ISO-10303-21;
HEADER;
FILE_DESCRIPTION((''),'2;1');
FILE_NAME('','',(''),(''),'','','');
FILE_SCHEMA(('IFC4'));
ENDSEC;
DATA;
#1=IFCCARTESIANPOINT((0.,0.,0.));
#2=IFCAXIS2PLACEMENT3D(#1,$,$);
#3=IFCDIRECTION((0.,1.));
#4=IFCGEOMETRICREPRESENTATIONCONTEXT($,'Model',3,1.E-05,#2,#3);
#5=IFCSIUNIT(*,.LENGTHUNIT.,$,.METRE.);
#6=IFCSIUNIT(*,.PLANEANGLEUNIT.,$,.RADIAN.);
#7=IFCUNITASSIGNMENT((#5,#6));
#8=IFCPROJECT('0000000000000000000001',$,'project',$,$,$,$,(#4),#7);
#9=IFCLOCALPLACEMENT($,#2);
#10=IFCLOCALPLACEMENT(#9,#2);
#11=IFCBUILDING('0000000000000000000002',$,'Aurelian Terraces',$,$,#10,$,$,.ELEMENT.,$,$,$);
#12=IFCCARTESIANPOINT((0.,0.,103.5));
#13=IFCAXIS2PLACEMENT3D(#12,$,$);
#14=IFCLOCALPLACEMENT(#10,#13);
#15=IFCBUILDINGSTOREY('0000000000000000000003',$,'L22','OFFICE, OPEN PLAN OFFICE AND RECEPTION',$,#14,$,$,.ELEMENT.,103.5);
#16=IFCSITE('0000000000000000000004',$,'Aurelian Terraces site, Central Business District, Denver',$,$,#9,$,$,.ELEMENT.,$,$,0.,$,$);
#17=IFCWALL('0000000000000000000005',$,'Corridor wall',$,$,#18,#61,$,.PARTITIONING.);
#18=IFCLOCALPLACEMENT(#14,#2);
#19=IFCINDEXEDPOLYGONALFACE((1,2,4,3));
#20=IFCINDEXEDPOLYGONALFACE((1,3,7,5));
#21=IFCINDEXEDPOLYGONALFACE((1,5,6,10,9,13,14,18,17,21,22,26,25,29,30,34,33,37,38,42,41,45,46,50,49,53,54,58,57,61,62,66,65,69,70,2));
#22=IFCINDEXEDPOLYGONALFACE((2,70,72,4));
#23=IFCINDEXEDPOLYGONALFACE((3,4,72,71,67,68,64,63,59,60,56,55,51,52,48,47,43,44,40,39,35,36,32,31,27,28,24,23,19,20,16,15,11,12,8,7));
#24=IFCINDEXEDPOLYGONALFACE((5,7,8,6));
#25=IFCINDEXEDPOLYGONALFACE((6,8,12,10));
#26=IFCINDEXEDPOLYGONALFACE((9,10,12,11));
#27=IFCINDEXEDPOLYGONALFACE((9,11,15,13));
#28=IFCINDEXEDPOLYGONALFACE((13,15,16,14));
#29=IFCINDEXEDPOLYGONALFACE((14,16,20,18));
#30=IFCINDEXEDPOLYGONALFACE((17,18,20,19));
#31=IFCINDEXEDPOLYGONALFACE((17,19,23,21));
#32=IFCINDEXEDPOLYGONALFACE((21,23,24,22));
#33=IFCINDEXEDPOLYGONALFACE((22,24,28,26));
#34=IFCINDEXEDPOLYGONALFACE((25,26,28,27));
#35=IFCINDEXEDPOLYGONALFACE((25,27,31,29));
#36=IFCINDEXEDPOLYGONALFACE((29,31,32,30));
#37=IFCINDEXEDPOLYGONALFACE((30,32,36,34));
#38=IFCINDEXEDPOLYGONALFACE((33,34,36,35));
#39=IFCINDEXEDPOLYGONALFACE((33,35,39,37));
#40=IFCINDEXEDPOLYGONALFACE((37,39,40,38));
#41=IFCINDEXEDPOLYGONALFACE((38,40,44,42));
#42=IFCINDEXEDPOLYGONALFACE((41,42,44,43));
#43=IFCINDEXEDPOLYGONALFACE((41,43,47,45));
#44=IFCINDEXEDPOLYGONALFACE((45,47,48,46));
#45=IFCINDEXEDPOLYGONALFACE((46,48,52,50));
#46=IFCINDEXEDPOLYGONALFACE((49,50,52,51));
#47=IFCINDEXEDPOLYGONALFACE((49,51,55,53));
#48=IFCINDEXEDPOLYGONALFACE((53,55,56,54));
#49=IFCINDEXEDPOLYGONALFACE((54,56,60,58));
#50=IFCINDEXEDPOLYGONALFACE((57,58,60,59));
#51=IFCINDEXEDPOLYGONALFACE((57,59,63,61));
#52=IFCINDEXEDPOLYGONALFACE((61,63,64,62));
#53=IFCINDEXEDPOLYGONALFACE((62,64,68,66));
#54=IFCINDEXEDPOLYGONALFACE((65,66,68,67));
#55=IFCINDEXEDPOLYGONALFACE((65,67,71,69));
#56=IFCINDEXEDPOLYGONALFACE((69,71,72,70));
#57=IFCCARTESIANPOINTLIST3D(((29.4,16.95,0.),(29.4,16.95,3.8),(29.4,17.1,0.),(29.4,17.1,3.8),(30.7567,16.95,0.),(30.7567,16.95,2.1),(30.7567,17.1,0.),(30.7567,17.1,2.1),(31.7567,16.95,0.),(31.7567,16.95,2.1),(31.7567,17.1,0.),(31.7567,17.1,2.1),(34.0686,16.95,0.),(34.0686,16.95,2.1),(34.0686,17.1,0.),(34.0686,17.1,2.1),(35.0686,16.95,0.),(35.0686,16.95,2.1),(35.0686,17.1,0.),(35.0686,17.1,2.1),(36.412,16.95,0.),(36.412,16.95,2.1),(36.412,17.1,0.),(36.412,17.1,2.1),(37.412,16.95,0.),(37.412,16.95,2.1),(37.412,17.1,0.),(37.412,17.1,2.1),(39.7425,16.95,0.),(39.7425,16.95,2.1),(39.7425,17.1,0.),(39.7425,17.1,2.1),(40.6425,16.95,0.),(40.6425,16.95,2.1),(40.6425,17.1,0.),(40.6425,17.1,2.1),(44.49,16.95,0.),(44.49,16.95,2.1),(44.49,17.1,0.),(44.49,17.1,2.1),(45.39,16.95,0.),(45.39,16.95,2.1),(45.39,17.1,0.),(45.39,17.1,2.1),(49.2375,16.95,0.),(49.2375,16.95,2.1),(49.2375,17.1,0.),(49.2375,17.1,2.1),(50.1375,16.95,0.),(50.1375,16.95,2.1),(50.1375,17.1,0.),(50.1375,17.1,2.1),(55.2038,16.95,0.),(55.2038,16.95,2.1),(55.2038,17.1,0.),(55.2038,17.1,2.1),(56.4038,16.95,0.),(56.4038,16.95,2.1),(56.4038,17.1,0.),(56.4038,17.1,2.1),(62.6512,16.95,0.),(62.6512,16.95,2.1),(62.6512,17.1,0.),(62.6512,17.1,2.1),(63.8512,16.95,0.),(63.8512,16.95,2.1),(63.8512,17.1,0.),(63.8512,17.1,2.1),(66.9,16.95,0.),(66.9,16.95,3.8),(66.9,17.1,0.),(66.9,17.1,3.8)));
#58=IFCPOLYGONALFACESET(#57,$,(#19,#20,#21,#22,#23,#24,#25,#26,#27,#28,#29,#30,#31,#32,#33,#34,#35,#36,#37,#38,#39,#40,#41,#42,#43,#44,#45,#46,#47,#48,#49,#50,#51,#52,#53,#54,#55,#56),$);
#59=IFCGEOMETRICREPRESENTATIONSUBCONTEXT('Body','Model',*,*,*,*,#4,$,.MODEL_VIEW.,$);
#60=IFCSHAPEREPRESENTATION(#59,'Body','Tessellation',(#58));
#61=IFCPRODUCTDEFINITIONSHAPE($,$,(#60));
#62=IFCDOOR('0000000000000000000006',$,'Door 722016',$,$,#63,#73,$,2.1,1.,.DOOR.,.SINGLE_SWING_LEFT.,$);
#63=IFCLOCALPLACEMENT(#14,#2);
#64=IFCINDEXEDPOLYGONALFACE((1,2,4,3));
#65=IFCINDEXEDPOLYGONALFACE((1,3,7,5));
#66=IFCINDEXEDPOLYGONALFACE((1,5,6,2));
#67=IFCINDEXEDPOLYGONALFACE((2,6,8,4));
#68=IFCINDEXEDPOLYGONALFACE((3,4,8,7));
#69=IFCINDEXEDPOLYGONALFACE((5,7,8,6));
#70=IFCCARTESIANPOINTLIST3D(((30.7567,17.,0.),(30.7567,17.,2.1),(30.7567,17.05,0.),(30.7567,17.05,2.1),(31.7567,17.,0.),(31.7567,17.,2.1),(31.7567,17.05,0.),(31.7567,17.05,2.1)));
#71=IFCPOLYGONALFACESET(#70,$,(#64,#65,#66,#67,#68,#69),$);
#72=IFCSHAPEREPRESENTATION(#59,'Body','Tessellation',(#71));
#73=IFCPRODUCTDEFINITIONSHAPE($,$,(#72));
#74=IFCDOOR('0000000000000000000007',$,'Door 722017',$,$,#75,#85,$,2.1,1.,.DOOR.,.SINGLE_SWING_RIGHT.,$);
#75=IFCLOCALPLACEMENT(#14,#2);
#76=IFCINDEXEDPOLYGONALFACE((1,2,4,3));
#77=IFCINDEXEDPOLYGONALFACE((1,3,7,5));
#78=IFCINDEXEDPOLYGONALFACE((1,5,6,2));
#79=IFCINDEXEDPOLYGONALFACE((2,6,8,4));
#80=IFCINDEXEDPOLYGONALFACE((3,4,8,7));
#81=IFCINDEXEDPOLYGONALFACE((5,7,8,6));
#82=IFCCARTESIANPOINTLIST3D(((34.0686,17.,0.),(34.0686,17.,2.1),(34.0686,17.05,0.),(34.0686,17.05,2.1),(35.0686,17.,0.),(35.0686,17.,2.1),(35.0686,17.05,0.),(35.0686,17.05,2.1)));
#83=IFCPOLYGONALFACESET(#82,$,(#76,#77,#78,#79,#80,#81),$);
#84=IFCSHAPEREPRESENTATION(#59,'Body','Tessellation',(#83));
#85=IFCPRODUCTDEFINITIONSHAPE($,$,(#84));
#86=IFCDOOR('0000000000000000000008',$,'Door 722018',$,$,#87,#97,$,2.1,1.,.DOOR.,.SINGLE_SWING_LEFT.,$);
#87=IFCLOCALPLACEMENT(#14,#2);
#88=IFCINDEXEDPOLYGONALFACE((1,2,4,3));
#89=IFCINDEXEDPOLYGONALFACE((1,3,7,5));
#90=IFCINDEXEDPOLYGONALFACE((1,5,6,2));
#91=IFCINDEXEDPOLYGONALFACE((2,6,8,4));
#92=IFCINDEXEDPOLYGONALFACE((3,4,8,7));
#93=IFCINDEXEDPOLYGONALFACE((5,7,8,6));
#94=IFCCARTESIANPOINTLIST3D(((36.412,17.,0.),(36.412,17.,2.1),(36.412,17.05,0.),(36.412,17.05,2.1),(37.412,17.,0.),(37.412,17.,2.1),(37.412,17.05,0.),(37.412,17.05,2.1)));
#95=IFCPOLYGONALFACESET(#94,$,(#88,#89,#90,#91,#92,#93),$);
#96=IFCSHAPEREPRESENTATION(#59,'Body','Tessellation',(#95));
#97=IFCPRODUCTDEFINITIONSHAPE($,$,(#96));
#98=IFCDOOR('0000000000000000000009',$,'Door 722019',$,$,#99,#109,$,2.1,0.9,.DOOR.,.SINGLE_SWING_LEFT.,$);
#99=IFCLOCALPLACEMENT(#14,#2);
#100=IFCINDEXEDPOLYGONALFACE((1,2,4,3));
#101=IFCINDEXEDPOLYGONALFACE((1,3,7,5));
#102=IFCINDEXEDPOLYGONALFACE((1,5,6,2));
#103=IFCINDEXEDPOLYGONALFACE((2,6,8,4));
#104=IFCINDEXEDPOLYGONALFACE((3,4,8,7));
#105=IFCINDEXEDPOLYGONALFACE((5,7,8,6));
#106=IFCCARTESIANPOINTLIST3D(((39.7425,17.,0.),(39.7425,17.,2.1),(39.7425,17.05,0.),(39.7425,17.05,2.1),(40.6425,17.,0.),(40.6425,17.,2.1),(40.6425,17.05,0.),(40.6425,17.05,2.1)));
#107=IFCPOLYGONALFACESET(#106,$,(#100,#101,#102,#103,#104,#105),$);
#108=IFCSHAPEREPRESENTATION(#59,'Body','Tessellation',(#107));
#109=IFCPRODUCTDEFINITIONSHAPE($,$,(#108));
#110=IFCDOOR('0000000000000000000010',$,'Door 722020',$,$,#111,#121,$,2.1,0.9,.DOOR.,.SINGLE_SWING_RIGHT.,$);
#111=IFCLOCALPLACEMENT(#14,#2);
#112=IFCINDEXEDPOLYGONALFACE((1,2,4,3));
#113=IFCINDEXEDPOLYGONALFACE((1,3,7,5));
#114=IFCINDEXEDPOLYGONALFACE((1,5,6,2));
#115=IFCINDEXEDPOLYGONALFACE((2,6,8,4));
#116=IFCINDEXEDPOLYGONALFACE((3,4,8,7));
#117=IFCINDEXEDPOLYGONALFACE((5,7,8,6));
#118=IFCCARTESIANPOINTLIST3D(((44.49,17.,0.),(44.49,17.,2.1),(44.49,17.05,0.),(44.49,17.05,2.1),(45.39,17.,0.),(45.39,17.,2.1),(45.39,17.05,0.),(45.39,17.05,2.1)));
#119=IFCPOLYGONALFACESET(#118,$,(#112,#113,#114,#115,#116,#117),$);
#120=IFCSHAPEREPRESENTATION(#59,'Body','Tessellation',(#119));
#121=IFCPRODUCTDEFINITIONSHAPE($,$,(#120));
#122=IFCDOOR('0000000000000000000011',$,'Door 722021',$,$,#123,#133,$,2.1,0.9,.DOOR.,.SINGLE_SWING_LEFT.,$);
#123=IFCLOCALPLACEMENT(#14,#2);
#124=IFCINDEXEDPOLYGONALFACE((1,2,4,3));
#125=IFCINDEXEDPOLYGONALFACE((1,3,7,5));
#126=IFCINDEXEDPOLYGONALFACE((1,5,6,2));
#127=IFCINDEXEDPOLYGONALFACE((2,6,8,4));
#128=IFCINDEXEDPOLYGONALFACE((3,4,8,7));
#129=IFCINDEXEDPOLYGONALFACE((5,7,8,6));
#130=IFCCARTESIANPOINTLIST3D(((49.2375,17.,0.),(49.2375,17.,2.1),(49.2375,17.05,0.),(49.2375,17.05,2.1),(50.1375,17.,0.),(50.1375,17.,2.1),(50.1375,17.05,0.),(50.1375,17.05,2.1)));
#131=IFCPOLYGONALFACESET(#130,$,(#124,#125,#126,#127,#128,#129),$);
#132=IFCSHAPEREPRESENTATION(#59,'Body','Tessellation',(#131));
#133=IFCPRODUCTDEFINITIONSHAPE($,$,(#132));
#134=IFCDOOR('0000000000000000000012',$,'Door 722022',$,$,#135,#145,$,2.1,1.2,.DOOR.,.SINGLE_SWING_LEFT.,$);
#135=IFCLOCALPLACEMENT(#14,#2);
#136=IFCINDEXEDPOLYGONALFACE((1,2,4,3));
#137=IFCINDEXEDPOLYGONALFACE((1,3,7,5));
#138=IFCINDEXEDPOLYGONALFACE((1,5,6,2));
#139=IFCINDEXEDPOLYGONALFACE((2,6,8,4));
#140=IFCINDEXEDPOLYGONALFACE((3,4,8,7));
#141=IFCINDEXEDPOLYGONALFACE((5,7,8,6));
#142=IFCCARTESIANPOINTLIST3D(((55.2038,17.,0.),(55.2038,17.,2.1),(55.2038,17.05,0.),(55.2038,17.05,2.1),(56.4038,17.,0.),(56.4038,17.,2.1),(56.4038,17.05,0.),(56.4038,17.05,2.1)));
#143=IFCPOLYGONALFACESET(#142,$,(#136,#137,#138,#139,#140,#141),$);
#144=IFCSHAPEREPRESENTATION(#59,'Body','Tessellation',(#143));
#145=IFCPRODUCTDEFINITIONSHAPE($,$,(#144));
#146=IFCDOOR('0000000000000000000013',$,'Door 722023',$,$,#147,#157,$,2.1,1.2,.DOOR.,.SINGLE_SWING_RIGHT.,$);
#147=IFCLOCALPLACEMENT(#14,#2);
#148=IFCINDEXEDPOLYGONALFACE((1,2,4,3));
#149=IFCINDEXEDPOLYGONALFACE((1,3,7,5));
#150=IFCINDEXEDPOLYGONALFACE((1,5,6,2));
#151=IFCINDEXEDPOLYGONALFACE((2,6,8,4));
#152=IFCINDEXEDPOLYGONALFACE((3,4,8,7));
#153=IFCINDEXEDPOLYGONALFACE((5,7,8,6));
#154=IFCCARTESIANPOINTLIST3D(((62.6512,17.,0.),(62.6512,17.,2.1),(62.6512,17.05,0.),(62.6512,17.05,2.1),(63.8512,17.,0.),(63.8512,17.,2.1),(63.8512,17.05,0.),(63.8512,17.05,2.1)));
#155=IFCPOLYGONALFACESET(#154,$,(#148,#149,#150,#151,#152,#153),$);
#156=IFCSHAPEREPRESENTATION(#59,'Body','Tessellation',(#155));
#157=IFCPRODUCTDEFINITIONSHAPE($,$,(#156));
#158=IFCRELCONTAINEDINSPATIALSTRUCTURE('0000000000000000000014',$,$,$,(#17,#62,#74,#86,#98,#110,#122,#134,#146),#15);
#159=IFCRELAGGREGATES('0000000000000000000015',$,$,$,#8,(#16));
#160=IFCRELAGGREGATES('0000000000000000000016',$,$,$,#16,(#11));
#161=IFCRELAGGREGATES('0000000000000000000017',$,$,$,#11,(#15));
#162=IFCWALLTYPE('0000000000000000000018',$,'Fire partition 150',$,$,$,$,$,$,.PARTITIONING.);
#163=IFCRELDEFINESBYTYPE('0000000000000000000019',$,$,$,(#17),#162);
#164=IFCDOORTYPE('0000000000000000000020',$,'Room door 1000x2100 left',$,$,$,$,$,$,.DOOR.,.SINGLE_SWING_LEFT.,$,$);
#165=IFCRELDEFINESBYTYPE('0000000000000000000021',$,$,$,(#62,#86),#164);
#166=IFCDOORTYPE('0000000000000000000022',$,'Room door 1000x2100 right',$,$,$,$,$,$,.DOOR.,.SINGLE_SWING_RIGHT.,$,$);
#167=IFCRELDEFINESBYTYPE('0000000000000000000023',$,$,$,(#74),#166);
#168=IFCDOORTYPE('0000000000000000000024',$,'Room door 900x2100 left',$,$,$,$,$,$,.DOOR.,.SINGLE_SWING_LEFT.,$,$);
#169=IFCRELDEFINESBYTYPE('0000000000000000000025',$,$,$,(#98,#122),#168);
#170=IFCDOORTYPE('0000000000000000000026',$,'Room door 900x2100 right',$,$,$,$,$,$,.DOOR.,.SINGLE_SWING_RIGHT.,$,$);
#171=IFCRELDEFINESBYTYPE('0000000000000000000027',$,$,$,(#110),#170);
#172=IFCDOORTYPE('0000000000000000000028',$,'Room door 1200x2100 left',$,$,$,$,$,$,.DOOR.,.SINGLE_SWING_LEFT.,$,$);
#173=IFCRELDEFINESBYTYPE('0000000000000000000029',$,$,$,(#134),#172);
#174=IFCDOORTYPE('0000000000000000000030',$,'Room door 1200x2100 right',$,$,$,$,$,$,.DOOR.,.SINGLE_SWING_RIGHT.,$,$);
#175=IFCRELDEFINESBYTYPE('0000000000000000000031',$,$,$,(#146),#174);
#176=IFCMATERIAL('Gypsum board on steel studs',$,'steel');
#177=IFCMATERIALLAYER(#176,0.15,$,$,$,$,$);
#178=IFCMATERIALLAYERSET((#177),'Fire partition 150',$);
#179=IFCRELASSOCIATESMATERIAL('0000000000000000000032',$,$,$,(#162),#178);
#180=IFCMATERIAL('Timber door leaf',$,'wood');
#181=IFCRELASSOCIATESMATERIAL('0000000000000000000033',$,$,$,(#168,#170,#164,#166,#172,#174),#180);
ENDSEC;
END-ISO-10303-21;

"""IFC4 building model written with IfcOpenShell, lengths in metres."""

from ifc_helpers import new_model, si_unit, direction, frame, frame_2d, origin, place, context, subcontext, project, spatial, rectangle, extrude, source, transform, mapped, material, layer, layer_set, type_object, element, fill, save


model = new_model("IFC4")

# Units and contexts
model_context = context("Model", 3, precision=1e-05, world=origin(), true_north=direction((0.0, 1.0)))
body_context = subcontext(model_context, "Body", "Model", "MODEL_VIEW")
ifc_project = project(units=[si_unit("LENGTHUNIT", "METRE"), si_unit("PLANEANGLEUNIT", "RADIAN")], contexts=[model_context])

# Site, building, storey
site_placement = place(None, origin())
site = spatial("IfcSite", under=ifc_project, at=site_placement, Name="Aurelian Terraces site, Central Business District, Denver", CompositionType="ELEMENT", RefElevation=0.0)
building_placement = place(site_placement, origin())
building = spatial("IfcBuilding", under=site, at=building_placement, Name="Aurelian Terraces", CompositionType="ELEMENT")
storey_placement = place(building_placement, frame((0.0, 0.0, 103.5)))
storey = spatial("IfcBuildingStorey", under=building, at=storey_placement, Name="L22", Description="OFFICE, OPEN PLAN OFFICE AND RECEPTION", CompositionType="ELEMENT", Elevation=103.5)

# Shared definitions
ifc_material_1 = material(Name="Gypsum board on steel studs", Category="steel")
ifc_layer_1 = layer(ifc_material_1, 0.15)
ifc_layer_set_1 = layer_set([ifc_layer_1], Name="Fire partition 150")
wall_type_1 = type_object("IfcWallType", Name="Fire partition 150", PredefinedType="PARTITIONING", material=ifc_layer_set_1)

# Shared definitions
shared_shape_1 = source(origin(), body_context, "Body", "SweptSolid", [
    extrude(rectangle(XDim=0.9, YDim=2.1, at=frame_2d((0.45, 1.05))), frame((0.0, 0.085, 0.0), z_axis=(0.0, -1.0, 0.0), x_axis=(1.0, 0.0, 0.0)), (0.0, 0.0, 1.0), 0.17),
])
ifc_material_2 = material(Name="Timber door leaf", Category="wood")
door_type_1 = type_object("IfcDoorType", Name="Room door 900x2100 left", OperationType="SINGLE_SWING_LEFT", PredefinedType="DOOR", material=ifc_material_2)
shared_shape_2 = source(origin(), body_context, "Body", "SweptSolid", [
    extrude(rectangle(XDim=0.9, YDim=2.1, at=frame_2d((0.45, 1.05))), frame((0.0, 0.025, 0.0), z_axis=(0.0, -1.0, 0.0), x_axis=(1.0, 0.0, 0.0)), (0.0, 0.0, 1.0), 0.05),
])
door_type_2 = type_object("IfcDoorType", Name="Room door 900x2100 right", OperationType="SINGLE_SWING_RIGHT", PredefinedType="DOOR", material=ifc_material_2)

# Wall, openings, doors
shared_shape_3 = source(origin(), body_context, "Body", "SweptSolid", [
    extrude(rectangle(XDim=37.5, YDim=0.15, at=frame_2d((18.75, 0.0))), origin(), (0.0, 0.0, 1.0), 3.8),
])
wall_1_placement = place(storey_placement, frame((29.4, 17.025, 0.0), z_axis=(0.0, 0.0, 1.0), x_axis=(1.0, 0.0, 0.0)))
wall_1 = element("IfcWall", 1, at=wall_1_placement, inside=storey, type_object=wall_type_1, Name="Corridor wall", PredefinedType="PARTITIONING", context=body_context, shape_type="MappedRepresentation", body=[
    mapped(shared_shape_3, transform((0.0, 0.0, 0.0), scale=1.0)),
])
shared_shape_4 = source(origin(), body_context, "Body", "SweptSolid", [
    extrude(rectangle(XDim=1.0, YDim=2.1, at=frame_2d((0.5, 1.05))), frame((0.0, 0.085, 0.0), z_axis=(0.0, -1.0, 0.0), x_axis=(1.0, 0.0, 0.0)), (0.0, 0.0, 1.0), 0.17),
])
opening_1_placement = place(wall_1_placement, frame((1.3567, 0.0, 0.0)))
opening_1 = element("IfcOpeningElement", 2, at=opening_1_placement, cuts=wall_1, PredefinedType="OPENING", context=body_context, shape_type="MappedRepresentation", body=[
    mapped(shared_shape_4, transform((0.0, 0.0, 0.0), scale=1.0)),
])
opening_2_placement = place(wall_1_placement, frame((4.6686, 0.0, 0.0)))
opening_2 = element("IfcOpeningElement", 3, at=opening_2_placement, cuts=wall_1, PredefinedType="OPENING", context=body_context, shape_type="MappedRepresentation", body=[
    mapped(shared_shape_4, transform((0.0, 0.0, 0.0), scale=1.0)),
])
opening_3_placement = place(wall_1_placement, frame((7.012, 0.0, 0.0)))
opening_3 = element("IfcOpeningElement", 4, at=opening_3_placement, cuts=wall_1, PredefinedType="OPENING", context=body_context, shape_type="MappedRepresentation", body=[
    mapped(shared_shape_4, transform((0.0, 0.0, 0.0), scale=1.0)),
])
opening_4_placement = place(wall_1_placement, frame((10.3425, 0.0, 0.0)))
opening_4 = element("IfcOpeningElement", 5, at=opening_4_placement, cuts=wall_1, PredefinedType="OPENING", context=body_context, shape_type="MappedRepresentation", body=[
    mapped(shared_shape_1, transform((0.0, 0.0, 0.0), scale=1.0)),
])
opening_5_placement = place(wall_1_placement, frame((15.09, 0.0, 0.0)))
opening_5 = element("IfcOpeningElement", 6, at=opening_5_placement, cuts=wall_1, PredefinedType="OPENING", context=body_context, shape_type="MappedRepresentation", body=[
    mapped(shared_shape_1, transform((0.0, 0.0, 0.0), scale=1.0)),
])
opening_6_placement = place(wall_1_placement, frame((19.8375, 0.0, 0.0)))
opening_6 = element("IfcOpeningElement", 7, at=opening_6_placement, cuts=wall_1, PredefinedType="OPENING", context=body_context, shape_type="MappedRepresentation", body=[
    mapped(shared_shape_1, transform((0.0, 0.0, 0.0), scale=1.0)),
])
shared_shape_5 = source(origin(), body_context, "Body", "SweptSolid", [
    extrude(rectangle(XDim=1.2, YDim=2.1, at=frame_2d((0.6, 1.05))), frame((0.0, 0.085, 0.0), z_axis=(0.0, -1.0, 0.0), x_axis=(1.0, 0.0, 0.0)), (0.0, 0.0, 1.0), 0.17),
])
opening_7_placement = place(wall_1_placement, frame((25.8038, 0.0, 0.0)))
opening_7 = element("IfcOpeningElement", 8, at=opening_7_placement, cuts=wall_1, PredefinedType="OPENING", context=body_context, shape_type="MappedRepresentation", body=[
    mapped(shared_shape_5, transform((0.0, 0.0, 0.0), scale=1.0)),
])
opening_8_placement = place(wall_1_placement, frame((33.2512, 0.0, 0.0)))
opening_8 = element("IfcOpeningElement", 9, at=opening_8_placement, cuts=wall_1, PredefinedType="OPENING", context=body_context, shape_type="MappedRepresentation", body=[
    mapped(shared_shape_5, transform((0.0, 0.0, 0.0), scale=1.0)),
])
door_type_3 = type_object("IfcDoorType", Name="Room door 1000x2100 left", OperationType="SINGLE_SWING_LEFT", PredefinedType="DOOR", material=ifc_material_2)
shared_shape_6 = source(origin(), body_context, "Body", "SweptSolid", [
    extrude(rectangle(XDim=1.0, YDim=2.1, at=frame_2d((0.5, 1.05))), frame((0.0, 0.025, 0.0), z_axis=(0.0, -1.0, 0.0), x_axis=(1.0, 0.0, 0.0)), (0.0, 0.0, 1.0), 0.05),
])
door_1_placement = place(opening_1_placement, origin())
door_1 = element("IfcDoor", 10, at=door_1_placement, inside=storey, type_object=door_type_3, Name="Door 722016", OperationType="SINGLE_SWING_LEFT", OverallHeight=2.1, OverallWidth=1.0, PredefinedType="DOOR", context=body_context, shape_type="MappedRepresentation", body=[
    mapped(shared_shape_6, transform((0.0, 0.0, 0.0), scale=1.0)),
])
fill(opening_1, door_1)
door_type_4 = type_object("IfcDoorType", Name="Room door 1000x2100 right", OperationType="SINGLE_SWING_RIGHT", PredefinedType="DOOR", material=ifc_material_2)
door_2_placement = place(opening_2_placement, origin())
door_2 = element("IfcDoor", 11, at=door_2_placement, inside=storey, type_object=door_type_4, Name="Door 722017", OperationType="SINGLE_SWING_RIGHT", OverallHeight=2.1, OverallWidth=1.0, PredefinedType="DOOR", context=body_context, shape_type="MappedRepresentation", body=[
    mapped(shared_shape_6, transform((0.0, 0.0, 0.0), scale=1.0)),
])
fill(opening_2, door_2)
door_3_placement = place(opening_3_placement, origin())
door_3 = element("IfcDoor", 12, at=door_3_placement, inside=storey, type_object=door_type_3, Name="Door 722018", OperationType="SINGLE_SWING_LEFT", OverallHeight=2.1, OverallWidth=1.0, PredefinedType="DOOR", context=body_context, shape_type="MappedRepresentation", body=[
    mapped(shared_shape_6, transform((0.0, 0.0, 0.0), scale=1.0)),
])
fill(opening_3, door_3)
door_4_placement = place(opening_4_placement, origin())
door_4 = element("IfcDoor", 13, at=door_4_placement, inside=storey, type_object=door_type_1, Name="Door 722019", OperationType="SINGLE_SWING_LEFT", OverallHeight=2.1, OverallWidth=0.9, PredefinedType="DOOR", context=body_context, shape_type="MappedRepresentation", body=[
    mapped(shared_shape_2, transform((0.0, 0.0, 0.0), scale=1.0)),
])
fill(opening_4, door_4)
door_5_placement = place(opening_5_placement, origin())
door_5 = element("IfcDoor", 14, at=door_5_placement, inside=storey, type_object=door_type_2, Name="Door 722020", OperationType="SINGLE_SWING_RIGHT", OverallHeight=2.1, OverallWidth=0.9, PredefinedType="DOOR", context=body_context, shape_type="MappedRepresentation", body=[
    mapped(shared_shape_2, transform((0.0, 0.0, 0.0), scale=1.0)),
])
fill(opening_5, door_5)
door_6_placement = place(opening_6_placement, origin())
door_6 = element("IfcDoor", 15, at=door_6_placement, inside=storey, type_object=door_type_1, Name="Door 722021", OperationType="SINGLE_SWING_LEFT", OverallHeight=2.1, OverallWidth=0.9, PredefinedType="DOOR", context=body_context, shape_type="MappedRepresentation", body=[
    mapped(shared_shape_2, transform((0.0, 0.0, 0.0), scale=1.0)),
])
fill(opening_6, door_6)
door_type_5 = type_object("IfcDoorType", Name="Room door 1200x2100 left", OperationType="SINGLE_SWING_LEFT", PredefinedType="DOOR", material=ifc_material_2)
shared_shape_7 = source(origin(), body_context, "Body", "SweptSolid", [
    extrude(rectangle(XDim=1.2, YDim=2.1, at=frame_2d((0.6, 1.05))), frame((0.0, 0.025, 0.0), z_axis=(0.0, -1.0, 0.0), x_axis=(1.0, 0.0, 0.0)), (0.0, 0.0, 1.0), 0.05),
])
door_7_placement = place(opening_7_placement, origin())
door_7 = element("IfcDoor", 16, at=door_7_placement, inside=storey, type_object=door_type_5, Name="Door 722022", OperationType="SINGLE_SWING_LEFT", OverallHeight=2.1, OverallWidth=1.2, PredefinedType="DOOR", context=body_context, shape_type="MappedRepresentation", body=[
    mapped(shared_shape_7, transform((0.0, 0.0, 0.0), scale=1.0)),
])
fill(opening_7, door_7)
door_type_6 = type_object("IfcDoorType", Name="Room door 1200x2100 right", OperationType="SINGLE_SWING_RIGHT", PredefinedType="DOOR", material=ifc_material_2)
door_8_placement = place(opening_8_placement, origin())
door_8 = element("IfcDoor", 17, at=door_8_placement, inside=storey, type_object=door_type_6, Name="Door 722023", OperationType="SINGLE_SWING_RIGHT", OverallHeight=2.1, OverallWidth=1.2, PredefinedType="DOOR", context=body_context, shape_type="MappedRepresentation", body=[
    mapped(shared_shape_7, transform((0.0, 0.0, 0.0), scale=1.0)),
])
fill(opening_8, door_8)

save(model, "model.ifc")
